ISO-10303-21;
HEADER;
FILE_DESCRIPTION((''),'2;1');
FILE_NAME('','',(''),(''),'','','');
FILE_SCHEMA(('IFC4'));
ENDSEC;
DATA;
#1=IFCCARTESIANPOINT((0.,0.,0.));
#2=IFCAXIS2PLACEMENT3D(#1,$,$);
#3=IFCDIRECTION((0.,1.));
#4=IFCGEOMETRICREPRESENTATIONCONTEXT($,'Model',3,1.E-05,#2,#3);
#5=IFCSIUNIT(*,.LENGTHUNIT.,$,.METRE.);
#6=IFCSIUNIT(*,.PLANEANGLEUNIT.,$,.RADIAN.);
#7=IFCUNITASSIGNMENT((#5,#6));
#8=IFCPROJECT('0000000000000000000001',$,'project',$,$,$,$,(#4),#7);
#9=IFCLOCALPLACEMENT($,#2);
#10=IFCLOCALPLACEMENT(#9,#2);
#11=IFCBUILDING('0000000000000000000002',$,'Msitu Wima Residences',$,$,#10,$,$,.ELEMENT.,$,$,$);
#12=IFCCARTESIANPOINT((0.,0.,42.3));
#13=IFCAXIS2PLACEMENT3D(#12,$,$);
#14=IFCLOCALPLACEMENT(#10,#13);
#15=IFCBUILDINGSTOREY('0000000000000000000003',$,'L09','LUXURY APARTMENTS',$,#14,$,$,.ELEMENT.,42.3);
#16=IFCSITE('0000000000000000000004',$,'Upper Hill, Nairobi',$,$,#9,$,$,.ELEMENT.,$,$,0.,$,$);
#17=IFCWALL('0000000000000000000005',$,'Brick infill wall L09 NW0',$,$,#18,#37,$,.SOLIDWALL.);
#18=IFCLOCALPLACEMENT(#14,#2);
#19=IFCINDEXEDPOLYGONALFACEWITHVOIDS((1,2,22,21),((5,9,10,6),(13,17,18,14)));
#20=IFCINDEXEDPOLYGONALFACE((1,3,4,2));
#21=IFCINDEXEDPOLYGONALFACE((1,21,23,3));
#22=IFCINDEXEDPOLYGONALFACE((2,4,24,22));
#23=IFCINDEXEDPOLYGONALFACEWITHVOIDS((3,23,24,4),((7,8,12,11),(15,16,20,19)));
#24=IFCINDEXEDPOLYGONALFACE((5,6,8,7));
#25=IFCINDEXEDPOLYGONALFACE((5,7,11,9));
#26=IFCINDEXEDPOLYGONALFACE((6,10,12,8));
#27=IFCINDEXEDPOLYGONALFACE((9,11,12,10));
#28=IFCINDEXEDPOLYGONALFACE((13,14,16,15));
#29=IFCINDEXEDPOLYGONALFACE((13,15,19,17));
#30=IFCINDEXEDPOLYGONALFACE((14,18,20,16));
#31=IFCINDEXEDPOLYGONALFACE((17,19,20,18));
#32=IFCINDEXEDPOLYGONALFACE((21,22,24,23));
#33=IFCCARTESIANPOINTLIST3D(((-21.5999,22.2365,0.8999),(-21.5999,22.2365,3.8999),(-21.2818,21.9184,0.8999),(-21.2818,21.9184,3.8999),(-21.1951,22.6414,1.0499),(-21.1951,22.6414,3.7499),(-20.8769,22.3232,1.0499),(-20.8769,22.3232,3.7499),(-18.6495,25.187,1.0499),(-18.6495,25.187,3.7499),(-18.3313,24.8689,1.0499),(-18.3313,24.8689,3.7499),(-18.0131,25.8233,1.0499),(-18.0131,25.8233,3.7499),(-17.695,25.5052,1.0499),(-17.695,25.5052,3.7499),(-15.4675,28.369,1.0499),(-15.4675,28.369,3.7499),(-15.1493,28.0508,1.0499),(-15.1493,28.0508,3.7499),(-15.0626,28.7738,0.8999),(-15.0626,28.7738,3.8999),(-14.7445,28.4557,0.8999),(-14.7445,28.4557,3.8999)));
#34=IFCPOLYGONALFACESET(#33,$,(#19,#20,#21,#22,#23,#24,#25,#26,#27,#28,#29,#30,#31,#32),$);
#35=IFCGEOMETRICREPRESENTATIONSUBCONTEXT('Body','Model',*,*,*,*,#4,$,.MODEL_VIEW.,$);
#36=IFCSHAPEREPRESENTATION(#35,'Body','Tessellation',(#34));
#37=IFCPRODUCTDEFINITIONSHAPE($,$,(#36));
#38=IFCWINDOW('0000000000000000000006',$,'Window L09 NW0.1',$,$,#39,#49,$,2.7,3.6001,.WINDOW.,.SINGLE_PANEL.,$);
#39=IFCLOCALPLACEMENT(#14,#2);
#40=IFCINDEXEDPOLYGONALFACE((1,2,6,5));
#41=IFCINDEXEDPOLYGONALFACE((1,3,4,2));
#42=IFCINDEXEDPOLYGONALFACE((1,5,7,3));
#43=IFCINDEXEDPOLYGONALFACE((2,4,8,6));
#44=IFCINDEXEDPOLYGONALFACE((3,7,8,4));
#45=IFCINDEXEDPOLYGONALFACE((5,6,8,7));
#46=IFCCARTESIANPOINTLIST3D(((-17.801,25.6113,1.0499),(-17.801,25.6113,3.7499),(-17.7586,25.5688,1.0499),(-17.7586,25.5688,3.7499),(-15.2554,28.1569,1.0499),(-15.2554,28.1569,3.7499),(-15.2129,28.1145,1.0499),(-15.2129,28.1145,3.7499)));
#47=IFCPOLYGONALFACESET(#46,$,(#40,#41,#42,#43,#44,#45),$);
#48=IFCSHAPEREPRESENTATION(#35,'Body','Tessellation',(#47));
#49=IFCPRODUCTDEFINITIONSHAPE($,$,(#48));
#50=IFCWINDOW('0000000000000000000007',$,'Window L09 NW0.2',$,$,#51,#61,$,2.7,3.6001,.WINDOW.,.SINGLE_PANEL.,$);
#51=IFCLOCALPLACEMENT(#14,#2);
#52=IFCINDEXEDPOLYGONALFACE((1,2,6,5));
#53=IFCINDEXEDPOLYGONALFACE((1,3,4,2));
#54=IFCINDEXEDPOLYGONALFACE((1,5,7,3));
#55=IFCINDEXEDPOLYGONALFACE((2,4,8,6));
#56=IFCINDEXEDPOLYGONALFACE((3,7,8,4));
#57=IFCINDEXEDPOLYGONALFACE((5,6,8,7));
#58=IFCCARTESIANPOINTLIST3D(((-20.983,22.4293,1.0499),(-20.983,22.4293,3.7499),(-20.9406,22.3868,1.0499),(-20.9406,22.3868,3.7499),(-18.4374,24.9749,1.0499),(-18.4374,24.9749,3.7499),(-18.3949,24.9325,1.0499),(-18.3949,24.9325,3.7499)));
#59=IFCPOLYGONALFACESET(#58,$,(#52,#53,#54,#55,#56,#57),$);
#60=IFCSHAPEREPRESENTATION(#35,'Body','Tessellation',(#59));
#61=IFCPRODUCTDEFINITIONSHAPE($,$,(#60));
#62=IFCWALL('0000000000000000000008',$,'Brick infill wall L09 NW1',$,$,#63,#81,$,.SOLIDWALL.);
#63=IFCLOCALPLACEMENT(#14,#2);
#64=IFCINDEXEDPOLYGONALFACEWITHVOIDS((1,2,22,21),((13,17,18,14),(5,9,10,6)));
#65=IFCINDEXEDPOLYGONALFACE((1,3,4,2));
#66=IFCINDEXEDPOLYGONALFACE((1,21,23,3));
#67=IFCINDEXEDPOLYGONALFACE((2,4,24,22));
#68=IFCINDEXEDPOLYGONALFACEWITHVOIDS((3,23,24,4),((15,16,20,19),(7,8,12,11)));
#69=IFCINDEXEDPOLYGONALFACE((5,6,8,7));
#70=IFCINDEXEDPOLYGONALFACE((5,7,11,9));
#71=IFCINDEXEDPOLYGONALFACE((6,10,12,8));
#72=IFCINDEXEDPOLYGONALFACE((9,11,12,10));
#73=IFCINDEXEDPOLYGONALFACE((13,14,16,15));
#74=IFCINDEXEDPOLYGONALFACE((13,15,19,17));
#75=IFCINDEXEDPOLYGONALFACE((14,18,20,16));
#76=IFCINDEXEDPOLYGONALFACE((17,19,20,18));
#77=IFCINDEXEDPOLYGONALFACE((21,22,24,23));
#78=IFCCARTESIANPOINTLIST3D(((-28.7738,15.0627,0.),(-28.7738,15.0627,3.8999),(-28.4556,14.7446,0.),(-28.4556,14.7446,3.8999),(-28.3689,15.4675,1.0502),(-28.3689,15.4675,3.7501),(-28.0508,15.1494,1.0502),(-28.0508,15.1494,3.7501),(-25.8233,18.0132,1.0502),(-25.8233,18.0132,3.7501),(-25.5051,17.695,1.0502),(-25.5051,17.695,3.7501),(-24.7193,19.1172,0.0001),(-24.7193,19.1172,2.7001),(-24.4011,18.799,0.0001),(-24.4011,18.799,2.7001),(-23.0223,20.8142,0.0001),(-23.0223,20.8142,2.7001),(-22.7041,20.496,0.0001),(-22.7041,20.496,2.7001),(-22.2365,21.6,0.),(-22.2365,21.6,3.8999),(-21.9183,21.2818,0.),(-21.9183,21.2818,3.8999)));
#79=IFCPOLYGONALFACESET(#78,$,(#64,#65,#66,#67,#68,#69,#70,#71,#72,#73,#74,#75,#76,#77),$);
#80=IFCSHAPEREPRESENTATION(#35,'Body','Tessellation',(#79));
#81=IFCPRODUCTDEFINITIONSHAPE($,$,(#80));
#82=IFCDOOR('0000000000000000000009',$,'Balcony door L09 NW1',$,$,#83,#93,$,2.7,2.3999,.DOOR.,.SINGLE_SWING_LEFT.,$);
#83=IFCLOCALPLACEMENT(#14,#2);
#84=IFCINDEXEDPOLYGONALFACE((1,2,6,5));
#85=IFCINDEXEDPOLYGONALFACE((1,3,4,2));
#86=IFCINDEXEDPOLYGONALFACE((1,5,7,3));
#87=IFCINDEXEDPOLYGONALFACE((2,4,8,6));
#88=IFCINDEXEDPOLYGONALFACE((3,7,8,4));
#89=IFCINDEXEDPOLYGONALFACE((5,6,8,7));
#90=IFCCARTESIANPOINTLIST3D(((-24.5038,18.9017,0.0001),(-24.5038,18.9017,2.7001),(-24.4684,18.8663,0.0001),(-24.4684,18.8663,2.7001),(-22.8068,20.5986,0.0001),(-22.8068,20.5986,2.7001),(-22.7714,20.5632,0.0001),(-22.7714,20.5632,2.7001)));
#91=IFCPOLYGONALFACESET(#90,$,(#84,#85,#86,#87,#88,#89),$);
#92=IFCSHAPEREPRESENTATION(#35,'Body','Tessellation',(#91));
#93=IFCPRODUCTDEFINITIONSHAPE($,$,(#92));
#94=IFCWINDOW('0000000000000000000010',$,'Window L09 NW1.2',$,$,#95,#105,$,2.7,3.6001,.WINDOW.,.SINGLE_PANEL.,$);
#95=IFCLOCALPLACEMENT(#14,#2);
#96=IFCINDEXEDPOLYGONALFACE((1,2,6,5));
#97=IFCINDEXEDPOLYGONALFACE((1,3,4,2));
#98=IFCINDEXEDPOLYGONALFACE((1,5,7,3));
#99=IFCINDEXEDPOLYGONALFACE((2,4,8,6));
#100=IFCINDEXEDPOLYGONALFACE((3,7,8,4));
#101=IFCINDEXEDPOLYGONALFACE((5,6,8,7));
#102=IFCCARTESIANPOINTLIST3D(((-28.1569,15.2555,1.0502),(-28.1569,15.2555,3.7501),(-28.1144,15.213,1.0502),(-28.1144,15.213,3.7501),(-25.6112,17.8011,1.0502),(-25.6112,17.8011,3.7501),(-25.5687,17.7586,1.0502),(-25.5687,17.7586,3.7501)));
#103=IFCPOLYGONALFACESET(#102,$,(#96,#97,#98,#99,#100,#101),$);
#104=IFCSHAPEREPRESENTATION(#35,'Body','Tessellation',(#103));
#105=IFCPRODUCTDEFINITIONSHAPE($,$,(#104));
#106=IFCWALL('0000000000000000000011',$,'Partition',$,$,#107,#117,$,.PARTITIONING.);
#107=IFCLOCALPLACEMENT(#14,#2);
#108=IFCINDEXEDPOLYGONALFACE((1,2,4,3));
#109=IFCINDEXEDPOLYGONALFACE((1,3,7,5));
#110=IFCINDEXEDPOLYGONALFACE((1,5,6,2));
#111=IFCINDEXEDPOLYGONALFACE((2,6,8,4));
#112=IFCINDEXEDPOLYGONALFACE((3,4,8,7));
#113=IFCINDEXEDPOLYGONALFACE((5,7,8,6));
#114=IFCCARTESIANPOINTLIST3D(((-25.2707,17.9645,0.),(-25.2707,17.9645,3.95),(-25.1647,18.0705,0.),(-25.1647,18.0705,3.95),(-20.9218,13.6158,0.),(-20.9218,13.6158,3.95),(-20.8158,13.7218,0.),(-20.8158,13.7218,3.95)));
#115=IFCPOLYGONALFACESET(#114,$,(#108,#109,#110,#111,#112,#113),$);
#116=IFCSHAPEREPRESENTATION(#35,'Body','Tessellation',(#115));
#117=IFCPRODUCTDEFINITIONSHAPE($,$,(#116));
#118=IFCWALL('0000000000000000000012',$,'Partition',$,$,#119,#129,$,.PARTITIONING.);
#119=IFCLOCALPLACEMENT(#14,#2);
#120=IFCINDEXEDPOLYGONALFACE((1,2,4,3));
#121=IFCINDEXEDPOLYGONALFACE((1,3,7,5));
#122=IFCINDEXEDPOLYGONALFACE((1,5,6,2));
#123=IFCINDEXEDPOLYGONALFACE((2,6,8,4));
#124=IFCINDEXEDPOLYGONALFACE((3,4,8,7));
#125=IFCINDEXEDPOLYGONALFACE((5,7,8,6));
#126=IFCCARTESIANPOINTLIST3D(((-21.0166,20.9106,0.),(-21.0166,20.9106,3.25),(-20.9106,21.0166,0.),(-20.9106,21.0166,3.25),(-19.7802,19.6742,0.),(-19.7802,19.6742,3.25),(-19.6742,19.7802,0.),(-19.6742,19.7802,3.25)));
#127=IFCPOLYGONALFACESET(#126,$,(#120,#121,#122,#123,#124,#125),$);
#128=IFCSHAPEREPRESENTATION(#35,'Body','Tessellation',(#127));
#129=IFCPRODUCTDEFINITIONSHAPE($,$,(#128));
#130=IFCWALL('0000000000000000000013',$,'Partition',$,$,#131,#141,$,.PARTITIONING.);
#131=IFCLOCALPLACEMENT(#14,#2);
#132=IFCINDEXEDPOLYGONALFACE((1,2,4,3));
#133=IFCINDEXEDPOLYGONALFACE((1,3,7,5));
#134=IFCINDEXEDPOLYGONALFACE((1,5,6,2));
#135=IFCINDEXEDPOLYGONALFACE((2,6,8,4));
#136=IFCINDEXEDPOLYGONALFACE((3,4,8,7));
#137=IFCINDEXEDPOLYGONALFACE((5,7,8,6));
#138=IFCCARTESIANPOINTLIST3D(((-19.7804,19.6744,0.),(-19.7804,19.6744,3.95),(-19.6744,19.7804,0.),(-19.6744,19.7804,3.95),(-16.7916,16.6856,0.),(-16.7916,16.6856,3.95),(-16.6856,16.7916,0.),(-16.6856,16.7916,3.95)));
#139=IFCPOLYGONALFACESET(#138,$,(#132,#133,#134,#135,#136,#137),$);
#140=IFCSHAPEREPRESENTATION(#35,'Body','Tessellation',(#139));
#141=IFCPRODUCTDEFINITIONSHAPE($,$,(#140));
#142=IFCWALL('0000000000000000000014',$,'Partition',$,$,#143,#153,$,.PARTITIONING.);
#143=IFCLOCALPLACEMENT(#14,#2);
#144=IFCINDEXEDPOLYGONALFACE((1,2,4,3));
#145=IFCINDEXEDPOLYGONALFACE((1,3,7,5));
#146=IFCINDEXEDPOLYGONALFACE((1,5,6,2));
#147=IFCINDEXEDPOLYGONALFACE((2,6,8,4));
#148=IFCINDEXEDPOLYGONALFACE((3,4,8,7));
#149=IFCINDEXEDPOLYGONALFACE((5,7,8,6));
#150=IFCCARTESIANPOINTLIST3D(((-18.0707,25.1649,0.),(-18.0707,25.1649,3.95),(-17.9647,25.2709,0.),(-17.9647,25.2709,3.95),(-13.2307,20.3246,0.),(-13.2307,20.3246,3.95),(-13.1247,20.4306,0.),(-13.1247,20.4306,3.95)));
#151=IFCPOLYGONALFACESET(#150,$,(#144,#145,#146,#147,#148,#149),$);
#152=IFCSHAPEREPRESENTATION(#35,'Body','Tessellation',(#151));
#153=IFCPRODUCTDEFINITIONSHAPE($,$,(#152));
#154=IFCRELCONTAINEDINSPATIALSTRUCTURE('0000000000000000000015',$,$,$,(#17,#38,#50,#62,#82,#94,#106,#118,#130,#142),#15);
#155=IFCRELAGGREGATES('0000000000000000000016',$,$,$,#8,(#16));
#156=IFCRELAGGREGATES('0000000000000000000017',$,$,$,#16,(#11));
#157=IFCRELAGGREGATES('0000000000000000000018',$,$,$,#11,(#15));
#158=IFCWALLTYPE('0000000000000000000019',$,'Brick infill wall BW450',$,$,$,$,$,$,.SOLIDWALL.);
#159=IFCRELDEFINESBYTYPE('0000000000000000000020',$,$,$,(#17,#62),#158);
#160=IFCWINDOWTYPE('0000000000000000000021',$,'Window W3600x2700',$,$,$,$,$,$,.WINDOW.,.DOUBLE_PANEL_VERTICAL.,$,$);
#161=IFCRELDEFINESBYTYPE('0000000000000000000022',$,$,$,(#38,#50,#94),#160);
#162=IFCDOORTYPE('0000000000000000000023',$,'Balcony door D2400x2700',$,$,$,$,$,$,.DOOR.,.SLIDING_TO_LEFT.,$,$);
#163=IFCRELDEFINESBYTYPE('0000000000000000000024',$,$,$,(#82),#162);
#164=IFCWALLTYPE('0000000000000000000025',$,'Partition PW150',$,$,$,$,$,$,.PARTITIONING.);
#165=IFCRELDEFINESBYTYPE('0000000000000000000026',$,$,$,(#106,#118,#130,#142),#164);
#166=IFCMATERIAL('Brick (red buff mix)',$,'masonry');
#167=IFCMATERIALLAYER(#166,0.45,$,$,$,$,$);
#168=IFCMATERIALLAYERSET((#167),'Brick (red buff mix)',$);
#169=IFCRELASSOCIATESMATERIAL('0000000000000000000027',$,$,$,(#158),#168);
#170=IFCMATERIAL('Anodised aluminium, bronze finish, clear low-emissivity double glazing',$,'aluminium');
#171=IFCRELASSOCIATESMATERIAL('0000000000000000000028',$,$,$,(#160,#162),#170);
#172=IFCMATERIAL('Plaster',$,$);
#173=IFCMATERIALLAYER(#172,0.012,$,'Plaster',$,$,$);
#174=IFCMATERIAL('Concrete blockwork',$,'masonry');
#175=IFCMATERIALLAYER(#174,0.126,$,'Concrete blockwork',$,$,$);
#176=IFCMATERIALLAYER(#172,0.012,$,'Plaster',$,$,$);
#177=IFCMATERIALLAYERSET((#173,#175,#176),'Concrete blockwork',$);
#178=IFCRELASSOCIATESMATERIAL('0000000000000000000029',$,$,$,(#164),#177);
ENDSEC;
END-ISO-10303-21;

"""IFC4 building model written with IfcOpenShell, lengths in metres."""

from ifc_helpers import new_model, si_unit, direction, frame, frame_2d, origin, place, context, subcontext, project, spatial, rectangle, extrude, material, layer, layer_set, type_object, element, fill, save


model = new_model("IFC4")

# Units and contexts
model_context = context("Model", 3, precision=1e-05, world=origin(), true_north=direction((0.0, 1.0)))
body_context = subcontext(model_context, "Body", "Model", "MODEL_VIEW")
ifc_project = project(units=[si_unit("LENGTHUNIT", "METRE"), si_unit("PLANEANGLEUNIT", "RADIAN")], contexts=[model_context])

# Site, building, storey
site_placement = place(None, origin())
site = spatial("IfcSite", under=ifc_project, at=site_placement, Name="Upper Hill, Nairobi", CompositionType="ELEMENT", RefElevation=0.0)
building_placement = place(site_placement, origin())
building = spatial("IfcBuilding", under=site, at=building_placement, Name="Msitu Wima Residences", CompositionType="ELEMENT")
storey_placement = place(building_placement, frame((0.0, 0.0, 42.3)))
storey = spatial("IfcBuildingStorey", under=building, at=storey_placement, Name="L09", Description="LUXURY APARTMENTS", CompositionType="ELEMENT", Elevation=42.3)

# Wall, openings, windows
ifc_material_1 = material(Name="Brick (red buff mix)", Category="masonry")
ifc_layer_1 = layer(ifc_material_1, 0.45)
ifc_layer_set_1 = layer_set([ifc_layer_1], Name="Brick (red buff mix)")
wall_type_1 = type_object("IfcWallType", Name="Brick infill wall BW450", PredefinedType="SOLIDWALL", material=ifc_layer_set_1)
wall_1_placement = place(storey_placement, frame((-14.9036, 28.6147, 0.8999), z_axis=(0.0, 0.0, 1.0), x_axis=(-0.707107, -0.707107, 0.0)))
wall_1 = element("IfcWall", 1, at=wall_1_placement, inside=storey, type_object=wall_type_1, Name="Brick infill wall L09 NW0", PredefinedType="SOLIDWALL", context=body_context, shape_type="SweptSolid", body=[
    extrude(rectangle(XDim=9.2451, YDim=0.45, at=frame_2d((4.6226, 0.0))), origin(), (0.0, 0.0, 1.0), 3.0),
])
opening_1_placement = place(wall_1_placement, frame((0.5725, 0.0, 0.1499)))
opening_1 = element("IfcOpeningElement", 2, at=opening_1_placement, cuts=wall_1, PredefinedType="OPENING", context=body_context, shape_type="SweptSolid", body=[
    extrude(rectangle(XDim=3.6001, YDim=2.7, at=frame_2d((1.8, 1.3501))), frame((0.0, 0.2349, 0.0), z_axis=(0.0, -1.0, 0.0), x_axis=(1.0, 0.0, 0.0)), (0.0, 0.0, 1.0), 0.47),
])
opening_2_placement = place(wall_1_placement, frame((5.0725, 0.0, 0.1499)))
opening_2 = element("IfcOpeningElement", 3, at=opening_2_placement, cuts=wall_1, PredefinedType="OPENING", context=body_context, shape_type="SweptSolid", body=[
    extrude(rectangle(XDim=3.6001, YDim=2.7, at=frame_2d((1.8, 1.3501))), frame((0.0, 0.2349, 0.0), z_axis=(0.0, -1.0, 0.0), x_axis=(1.0, 0.0, 0.0)), (0.0, 0.0, 1.0), 0.47),
])
ifc_material_2 = material(Name="Anodised aluminium, bronze finish, clear low-emissivity double glazing", Category="aluminium")
window_type = type_object("IfcWindowType", Name="Window W3600x2700", PartitioningType="DOUBLE_PANEL_VERTICAL", PredefinedType="WINDOW", material=ifc_material_2)
window_1_placement = place(opening_1_placement, origin())
window_1 = element("IfcWindow", 4, at=window_1_placement, inside=storey, type_object=window_type, Name="Window L09 NW0.1", OverallHeight=2.7, OverallWidth=3.6001, PartitioningType="SINGLE_PANEL", PredefinedType="WINDOW", context=body_context, shape_type="SweptSolid", body=[
    extrude(rectangle(XDim=3.6001, YDim=2.7, at=frame_2d((1.8, 1.3501))), frame((0.0, 0.135, 0.0), z_axis=(0.0, -1.0, 0.0), x_axis=(1.0, 0.0, 0.0)), (0.0, 0.0, 1.0), 0.0601),
])
fill(opening_1, window_1)
window_2_placement = place(opening_2_placement, origin())
window_2 = element("IfcWindow", 5, at=window_2_placement, inside=storey, type_object=window_type, Name="Window L09 NW0.2", OverallHeight=2.7, OverallWidth=3.6001, PartitioningType="SINGLE_PANEL", PredefinedType="WINDOW", context=body_context, shape_type="SweptSolid", body=[
    extrude(rectangle(XDim=3.6001, YDim=2.7, at=frame_2d((1.8, 1.3501))), frame((0.0, 0.135, 0.0), z_axis=(0.0, -1.0, 0.0), x_axis=(1.0, 0.0, 0.0)), (0.0, 0.0, 1.0), 0.0601),
])
fill(opening_2, window_2)

# Wall, openings, door, window
wall_2_placement = place(storey_placement, frame((-22.0774, 21.4409, 0.0), z_axis=(0.0, 0.0, 1.0), x_axis=(-0.707107, -0.707107, 0.0)))
wall_2 = element("IfcWall", 6, at=wall_2_placement, inside=storey, type_object=wall_type_1, Name="Brick infill wall L09 NW1", PredefinedType="SOLIDWALL", context=body_context, shape_type="SweptSolid", body=[
    extrude(rectangle(XDim=9.2451, YDim=0.45, at=frame_2d((4.6226, 0.0))), origin(), (0.0, 0.0, 1.0), 3.8999),
])
opening_3_placement = place(wall_2_placement, frame((1.1113, 0.0, 0.0)))
opening_3 = element("IfcOpeningElement", 7, at=opening_3_placement, cuts=wall_2, PredefinedType="OPENING", context=body_context, shape_type="SweptSolid", body=[
    extrude(rectangle(XDim=2.3999, YDim=2.7, at=frame_2d((1.2, 1.3501))), frame((0.0, 0.2349, 0.0), z_axis=(0.0, -1.0, 0.0), x_axis=(1.0, 0.0, 0.0)), (0.0, 0.0, 1.0), 0.47),
])
opening_4_placement = place(wall_2_placement, frame((5.0725, 0.0, 1.05)))
opening_4 = element("IfcOpeningElement", 8, at=opening_4_placement, cuts=wall_2, PredefinedType="OPENING", context=body_context, shape_type="SweptSolid", body=[
    extrude(rectangle(XDim=3.6001, YDim=2.7, at=frame_2d((1.8, 1.3501))), frame((0.0, 0.2349, 0.0), z_axis=(0.0, -1.0, 0.0), x_axis=(1.0, 0.0, 0.0)), (0.0, 0.0, 1.0), 0.47),
])
door_type_1 = type_object("IfcDoorType", Name="Balcony door D2400x2700", OperationType="SLIDING_TO_LEFT", PredefinedType="DOOR", material=ifc_material_2)
door_1_placement = place(opening_3_placement, origin())
door_1 = element("IfcDoor", 9, at=door_1_placement, inside=storey, type_object=door_type_1, Name="Balcony door L09 NW1", OperationType="SINGLE_SWING_LEFT", OverallHeight=2.7, OverallWidth=2.3999, PredefinedType="DOOR", context=body_context, shape_type="SweptSolid", body=[
    extrude(rectangle(XDim=2.3999, YDim=2.7, at=frame_2d((1.2, 1.3501))), frame((0.0, 0.1299, 0.0), z_axis=(0.0, -1.0, 0.0), x_axis=(1.0, 0.0, 0.0)), (0.0, 0.0, 1.0), 0.05),
])
fill(opening_3, door_1)
window_3_placement = place(opening_4_placement, origin())
window_3 = element("IfcWindow", 10, at=window_3_placement, inside=storey, type_object=window_type, Name="Window L09 NW1.2", OverallHeight=2.7, OverallWidth=3.6001, PartitioningType="SINGLE_PANEL", PredefinedType="WINDOW", context=body_context, shape_type="SweptSolid", body=[
    extrude(rectangle(XDim=3.6001, YDim=2.7, at=frame_2d((1.8, 1.3501))), frame((0.0, 0.135, 0.0), z_axis=(0.0, -1.0, 0.0), x_axis=(1.0, 0.0, 0.0)), (0.0, 0.0, 1.0), 0.0601),
])
fill(opening_4, window_3)

# Walls
ifc_material_3 = material(Name="Plaster")
ifc_layer_2 = layer(ifc_material_3, 0.012, Name="Plaster")
ifc_material_4 = material(Name="Concrete blockwork", Category="masonry")
ifc_layer_3 = layer(ifc_material_4, 0.126, Name="Concrete blockwork")
ifc_layer_4 = layer(ifc_material_3, 0.012, Name="Plaster")
ifc_layer_set_2 = layer_set([ifc_layer_2, ifc_layer_3, ifc_layer_4], Name="Concrete blockwork")
wall_type_2 = type_object("IfcWallType", Name="Partition PW150", PredefinedType="PARTITIONING", material=ifc_layer_set_2)
wall_3_placement = place(storey_placement, frame((-25.2178, 18.0176, 0.0), z_axis=(0.0, 0.0, 1.0), x_axis=(0.707127, -0.707087, 0.0)))
element("IfcWall", 11, at=wall_3_placement, inside=storey, type_object=wall_type_2, Name="Partition", PredefinedType="PARTITIONING", context=body_context, shape_type="SweptSolid", body=[
    extrude(rectangle(XDim=6.1501, YDim=0.1499, at=frame_2d((3.0752, 0.0))), origin(), (0.0, 0.0, 1.0), 3.95),
])
wall_4_placement = place(storey_placement, frame((-20.9636, 20.9636, 0.0), z_axis=(0.0, 0.0, 1.0), x_axis=(0.707107, -0.707107, 0.0)))
element("IfcWall", 12, at=wall_4_placement, inside=storey, type_object=wall_type_2, Name="Partition", PredefinedType="PARTITIONING", context=body_context, shape_type="SweptSolid", body=[
    extrude(rectangle(XDim=1.7485, YDim=0.1499, at=frame_2d((0.8743, 0.0))), origin(), (0.0, 0.0, 1.0), 3.25),
])
wall_5_placement = place(storey_placement, frame((-19.7273, 19.7273, 0.0), z_axis=(0.0, 0.0, 1.0), x_axis=(0.707107, -0.707107, 0.0)))
element("IfcWall", 13, at=wall_5_placement, inside=storey, type_object=wall_type_2, Name="Partition", PredefinedType="PARTITIONING", context=body_context, shape_type="SweptSolid", body=[
    extrude(rectangle(XDim=4.2268, YDim=0.1499, at=frame_2d((2.1133, 0.0))), origin(), (0.0, 0.0, 1.0), 3.95),
])
wall_6_placement = place(storey_placement, frame((-18.0176, 25.2178, 0.0), z_axis=(0.0, 0.0, 1.0), x_axis=(0.707089, -0.707125, 0.0)))
element("IfcWall", 14, at=wall_6_placement, inside=storey, type_object=wall_type_2, Name="Partition", PredefinedType="PARTITIONING", context=body_context, shape_type="SweptSolid", body=[
    extrude(rectangle(XDim=6.845, YDim=0.1499, at=frame_2d((3.4224, 0.0))), origin(), (0.0, 0.0, 1.0), 3.95),
])

save(model, "model.ifc")
